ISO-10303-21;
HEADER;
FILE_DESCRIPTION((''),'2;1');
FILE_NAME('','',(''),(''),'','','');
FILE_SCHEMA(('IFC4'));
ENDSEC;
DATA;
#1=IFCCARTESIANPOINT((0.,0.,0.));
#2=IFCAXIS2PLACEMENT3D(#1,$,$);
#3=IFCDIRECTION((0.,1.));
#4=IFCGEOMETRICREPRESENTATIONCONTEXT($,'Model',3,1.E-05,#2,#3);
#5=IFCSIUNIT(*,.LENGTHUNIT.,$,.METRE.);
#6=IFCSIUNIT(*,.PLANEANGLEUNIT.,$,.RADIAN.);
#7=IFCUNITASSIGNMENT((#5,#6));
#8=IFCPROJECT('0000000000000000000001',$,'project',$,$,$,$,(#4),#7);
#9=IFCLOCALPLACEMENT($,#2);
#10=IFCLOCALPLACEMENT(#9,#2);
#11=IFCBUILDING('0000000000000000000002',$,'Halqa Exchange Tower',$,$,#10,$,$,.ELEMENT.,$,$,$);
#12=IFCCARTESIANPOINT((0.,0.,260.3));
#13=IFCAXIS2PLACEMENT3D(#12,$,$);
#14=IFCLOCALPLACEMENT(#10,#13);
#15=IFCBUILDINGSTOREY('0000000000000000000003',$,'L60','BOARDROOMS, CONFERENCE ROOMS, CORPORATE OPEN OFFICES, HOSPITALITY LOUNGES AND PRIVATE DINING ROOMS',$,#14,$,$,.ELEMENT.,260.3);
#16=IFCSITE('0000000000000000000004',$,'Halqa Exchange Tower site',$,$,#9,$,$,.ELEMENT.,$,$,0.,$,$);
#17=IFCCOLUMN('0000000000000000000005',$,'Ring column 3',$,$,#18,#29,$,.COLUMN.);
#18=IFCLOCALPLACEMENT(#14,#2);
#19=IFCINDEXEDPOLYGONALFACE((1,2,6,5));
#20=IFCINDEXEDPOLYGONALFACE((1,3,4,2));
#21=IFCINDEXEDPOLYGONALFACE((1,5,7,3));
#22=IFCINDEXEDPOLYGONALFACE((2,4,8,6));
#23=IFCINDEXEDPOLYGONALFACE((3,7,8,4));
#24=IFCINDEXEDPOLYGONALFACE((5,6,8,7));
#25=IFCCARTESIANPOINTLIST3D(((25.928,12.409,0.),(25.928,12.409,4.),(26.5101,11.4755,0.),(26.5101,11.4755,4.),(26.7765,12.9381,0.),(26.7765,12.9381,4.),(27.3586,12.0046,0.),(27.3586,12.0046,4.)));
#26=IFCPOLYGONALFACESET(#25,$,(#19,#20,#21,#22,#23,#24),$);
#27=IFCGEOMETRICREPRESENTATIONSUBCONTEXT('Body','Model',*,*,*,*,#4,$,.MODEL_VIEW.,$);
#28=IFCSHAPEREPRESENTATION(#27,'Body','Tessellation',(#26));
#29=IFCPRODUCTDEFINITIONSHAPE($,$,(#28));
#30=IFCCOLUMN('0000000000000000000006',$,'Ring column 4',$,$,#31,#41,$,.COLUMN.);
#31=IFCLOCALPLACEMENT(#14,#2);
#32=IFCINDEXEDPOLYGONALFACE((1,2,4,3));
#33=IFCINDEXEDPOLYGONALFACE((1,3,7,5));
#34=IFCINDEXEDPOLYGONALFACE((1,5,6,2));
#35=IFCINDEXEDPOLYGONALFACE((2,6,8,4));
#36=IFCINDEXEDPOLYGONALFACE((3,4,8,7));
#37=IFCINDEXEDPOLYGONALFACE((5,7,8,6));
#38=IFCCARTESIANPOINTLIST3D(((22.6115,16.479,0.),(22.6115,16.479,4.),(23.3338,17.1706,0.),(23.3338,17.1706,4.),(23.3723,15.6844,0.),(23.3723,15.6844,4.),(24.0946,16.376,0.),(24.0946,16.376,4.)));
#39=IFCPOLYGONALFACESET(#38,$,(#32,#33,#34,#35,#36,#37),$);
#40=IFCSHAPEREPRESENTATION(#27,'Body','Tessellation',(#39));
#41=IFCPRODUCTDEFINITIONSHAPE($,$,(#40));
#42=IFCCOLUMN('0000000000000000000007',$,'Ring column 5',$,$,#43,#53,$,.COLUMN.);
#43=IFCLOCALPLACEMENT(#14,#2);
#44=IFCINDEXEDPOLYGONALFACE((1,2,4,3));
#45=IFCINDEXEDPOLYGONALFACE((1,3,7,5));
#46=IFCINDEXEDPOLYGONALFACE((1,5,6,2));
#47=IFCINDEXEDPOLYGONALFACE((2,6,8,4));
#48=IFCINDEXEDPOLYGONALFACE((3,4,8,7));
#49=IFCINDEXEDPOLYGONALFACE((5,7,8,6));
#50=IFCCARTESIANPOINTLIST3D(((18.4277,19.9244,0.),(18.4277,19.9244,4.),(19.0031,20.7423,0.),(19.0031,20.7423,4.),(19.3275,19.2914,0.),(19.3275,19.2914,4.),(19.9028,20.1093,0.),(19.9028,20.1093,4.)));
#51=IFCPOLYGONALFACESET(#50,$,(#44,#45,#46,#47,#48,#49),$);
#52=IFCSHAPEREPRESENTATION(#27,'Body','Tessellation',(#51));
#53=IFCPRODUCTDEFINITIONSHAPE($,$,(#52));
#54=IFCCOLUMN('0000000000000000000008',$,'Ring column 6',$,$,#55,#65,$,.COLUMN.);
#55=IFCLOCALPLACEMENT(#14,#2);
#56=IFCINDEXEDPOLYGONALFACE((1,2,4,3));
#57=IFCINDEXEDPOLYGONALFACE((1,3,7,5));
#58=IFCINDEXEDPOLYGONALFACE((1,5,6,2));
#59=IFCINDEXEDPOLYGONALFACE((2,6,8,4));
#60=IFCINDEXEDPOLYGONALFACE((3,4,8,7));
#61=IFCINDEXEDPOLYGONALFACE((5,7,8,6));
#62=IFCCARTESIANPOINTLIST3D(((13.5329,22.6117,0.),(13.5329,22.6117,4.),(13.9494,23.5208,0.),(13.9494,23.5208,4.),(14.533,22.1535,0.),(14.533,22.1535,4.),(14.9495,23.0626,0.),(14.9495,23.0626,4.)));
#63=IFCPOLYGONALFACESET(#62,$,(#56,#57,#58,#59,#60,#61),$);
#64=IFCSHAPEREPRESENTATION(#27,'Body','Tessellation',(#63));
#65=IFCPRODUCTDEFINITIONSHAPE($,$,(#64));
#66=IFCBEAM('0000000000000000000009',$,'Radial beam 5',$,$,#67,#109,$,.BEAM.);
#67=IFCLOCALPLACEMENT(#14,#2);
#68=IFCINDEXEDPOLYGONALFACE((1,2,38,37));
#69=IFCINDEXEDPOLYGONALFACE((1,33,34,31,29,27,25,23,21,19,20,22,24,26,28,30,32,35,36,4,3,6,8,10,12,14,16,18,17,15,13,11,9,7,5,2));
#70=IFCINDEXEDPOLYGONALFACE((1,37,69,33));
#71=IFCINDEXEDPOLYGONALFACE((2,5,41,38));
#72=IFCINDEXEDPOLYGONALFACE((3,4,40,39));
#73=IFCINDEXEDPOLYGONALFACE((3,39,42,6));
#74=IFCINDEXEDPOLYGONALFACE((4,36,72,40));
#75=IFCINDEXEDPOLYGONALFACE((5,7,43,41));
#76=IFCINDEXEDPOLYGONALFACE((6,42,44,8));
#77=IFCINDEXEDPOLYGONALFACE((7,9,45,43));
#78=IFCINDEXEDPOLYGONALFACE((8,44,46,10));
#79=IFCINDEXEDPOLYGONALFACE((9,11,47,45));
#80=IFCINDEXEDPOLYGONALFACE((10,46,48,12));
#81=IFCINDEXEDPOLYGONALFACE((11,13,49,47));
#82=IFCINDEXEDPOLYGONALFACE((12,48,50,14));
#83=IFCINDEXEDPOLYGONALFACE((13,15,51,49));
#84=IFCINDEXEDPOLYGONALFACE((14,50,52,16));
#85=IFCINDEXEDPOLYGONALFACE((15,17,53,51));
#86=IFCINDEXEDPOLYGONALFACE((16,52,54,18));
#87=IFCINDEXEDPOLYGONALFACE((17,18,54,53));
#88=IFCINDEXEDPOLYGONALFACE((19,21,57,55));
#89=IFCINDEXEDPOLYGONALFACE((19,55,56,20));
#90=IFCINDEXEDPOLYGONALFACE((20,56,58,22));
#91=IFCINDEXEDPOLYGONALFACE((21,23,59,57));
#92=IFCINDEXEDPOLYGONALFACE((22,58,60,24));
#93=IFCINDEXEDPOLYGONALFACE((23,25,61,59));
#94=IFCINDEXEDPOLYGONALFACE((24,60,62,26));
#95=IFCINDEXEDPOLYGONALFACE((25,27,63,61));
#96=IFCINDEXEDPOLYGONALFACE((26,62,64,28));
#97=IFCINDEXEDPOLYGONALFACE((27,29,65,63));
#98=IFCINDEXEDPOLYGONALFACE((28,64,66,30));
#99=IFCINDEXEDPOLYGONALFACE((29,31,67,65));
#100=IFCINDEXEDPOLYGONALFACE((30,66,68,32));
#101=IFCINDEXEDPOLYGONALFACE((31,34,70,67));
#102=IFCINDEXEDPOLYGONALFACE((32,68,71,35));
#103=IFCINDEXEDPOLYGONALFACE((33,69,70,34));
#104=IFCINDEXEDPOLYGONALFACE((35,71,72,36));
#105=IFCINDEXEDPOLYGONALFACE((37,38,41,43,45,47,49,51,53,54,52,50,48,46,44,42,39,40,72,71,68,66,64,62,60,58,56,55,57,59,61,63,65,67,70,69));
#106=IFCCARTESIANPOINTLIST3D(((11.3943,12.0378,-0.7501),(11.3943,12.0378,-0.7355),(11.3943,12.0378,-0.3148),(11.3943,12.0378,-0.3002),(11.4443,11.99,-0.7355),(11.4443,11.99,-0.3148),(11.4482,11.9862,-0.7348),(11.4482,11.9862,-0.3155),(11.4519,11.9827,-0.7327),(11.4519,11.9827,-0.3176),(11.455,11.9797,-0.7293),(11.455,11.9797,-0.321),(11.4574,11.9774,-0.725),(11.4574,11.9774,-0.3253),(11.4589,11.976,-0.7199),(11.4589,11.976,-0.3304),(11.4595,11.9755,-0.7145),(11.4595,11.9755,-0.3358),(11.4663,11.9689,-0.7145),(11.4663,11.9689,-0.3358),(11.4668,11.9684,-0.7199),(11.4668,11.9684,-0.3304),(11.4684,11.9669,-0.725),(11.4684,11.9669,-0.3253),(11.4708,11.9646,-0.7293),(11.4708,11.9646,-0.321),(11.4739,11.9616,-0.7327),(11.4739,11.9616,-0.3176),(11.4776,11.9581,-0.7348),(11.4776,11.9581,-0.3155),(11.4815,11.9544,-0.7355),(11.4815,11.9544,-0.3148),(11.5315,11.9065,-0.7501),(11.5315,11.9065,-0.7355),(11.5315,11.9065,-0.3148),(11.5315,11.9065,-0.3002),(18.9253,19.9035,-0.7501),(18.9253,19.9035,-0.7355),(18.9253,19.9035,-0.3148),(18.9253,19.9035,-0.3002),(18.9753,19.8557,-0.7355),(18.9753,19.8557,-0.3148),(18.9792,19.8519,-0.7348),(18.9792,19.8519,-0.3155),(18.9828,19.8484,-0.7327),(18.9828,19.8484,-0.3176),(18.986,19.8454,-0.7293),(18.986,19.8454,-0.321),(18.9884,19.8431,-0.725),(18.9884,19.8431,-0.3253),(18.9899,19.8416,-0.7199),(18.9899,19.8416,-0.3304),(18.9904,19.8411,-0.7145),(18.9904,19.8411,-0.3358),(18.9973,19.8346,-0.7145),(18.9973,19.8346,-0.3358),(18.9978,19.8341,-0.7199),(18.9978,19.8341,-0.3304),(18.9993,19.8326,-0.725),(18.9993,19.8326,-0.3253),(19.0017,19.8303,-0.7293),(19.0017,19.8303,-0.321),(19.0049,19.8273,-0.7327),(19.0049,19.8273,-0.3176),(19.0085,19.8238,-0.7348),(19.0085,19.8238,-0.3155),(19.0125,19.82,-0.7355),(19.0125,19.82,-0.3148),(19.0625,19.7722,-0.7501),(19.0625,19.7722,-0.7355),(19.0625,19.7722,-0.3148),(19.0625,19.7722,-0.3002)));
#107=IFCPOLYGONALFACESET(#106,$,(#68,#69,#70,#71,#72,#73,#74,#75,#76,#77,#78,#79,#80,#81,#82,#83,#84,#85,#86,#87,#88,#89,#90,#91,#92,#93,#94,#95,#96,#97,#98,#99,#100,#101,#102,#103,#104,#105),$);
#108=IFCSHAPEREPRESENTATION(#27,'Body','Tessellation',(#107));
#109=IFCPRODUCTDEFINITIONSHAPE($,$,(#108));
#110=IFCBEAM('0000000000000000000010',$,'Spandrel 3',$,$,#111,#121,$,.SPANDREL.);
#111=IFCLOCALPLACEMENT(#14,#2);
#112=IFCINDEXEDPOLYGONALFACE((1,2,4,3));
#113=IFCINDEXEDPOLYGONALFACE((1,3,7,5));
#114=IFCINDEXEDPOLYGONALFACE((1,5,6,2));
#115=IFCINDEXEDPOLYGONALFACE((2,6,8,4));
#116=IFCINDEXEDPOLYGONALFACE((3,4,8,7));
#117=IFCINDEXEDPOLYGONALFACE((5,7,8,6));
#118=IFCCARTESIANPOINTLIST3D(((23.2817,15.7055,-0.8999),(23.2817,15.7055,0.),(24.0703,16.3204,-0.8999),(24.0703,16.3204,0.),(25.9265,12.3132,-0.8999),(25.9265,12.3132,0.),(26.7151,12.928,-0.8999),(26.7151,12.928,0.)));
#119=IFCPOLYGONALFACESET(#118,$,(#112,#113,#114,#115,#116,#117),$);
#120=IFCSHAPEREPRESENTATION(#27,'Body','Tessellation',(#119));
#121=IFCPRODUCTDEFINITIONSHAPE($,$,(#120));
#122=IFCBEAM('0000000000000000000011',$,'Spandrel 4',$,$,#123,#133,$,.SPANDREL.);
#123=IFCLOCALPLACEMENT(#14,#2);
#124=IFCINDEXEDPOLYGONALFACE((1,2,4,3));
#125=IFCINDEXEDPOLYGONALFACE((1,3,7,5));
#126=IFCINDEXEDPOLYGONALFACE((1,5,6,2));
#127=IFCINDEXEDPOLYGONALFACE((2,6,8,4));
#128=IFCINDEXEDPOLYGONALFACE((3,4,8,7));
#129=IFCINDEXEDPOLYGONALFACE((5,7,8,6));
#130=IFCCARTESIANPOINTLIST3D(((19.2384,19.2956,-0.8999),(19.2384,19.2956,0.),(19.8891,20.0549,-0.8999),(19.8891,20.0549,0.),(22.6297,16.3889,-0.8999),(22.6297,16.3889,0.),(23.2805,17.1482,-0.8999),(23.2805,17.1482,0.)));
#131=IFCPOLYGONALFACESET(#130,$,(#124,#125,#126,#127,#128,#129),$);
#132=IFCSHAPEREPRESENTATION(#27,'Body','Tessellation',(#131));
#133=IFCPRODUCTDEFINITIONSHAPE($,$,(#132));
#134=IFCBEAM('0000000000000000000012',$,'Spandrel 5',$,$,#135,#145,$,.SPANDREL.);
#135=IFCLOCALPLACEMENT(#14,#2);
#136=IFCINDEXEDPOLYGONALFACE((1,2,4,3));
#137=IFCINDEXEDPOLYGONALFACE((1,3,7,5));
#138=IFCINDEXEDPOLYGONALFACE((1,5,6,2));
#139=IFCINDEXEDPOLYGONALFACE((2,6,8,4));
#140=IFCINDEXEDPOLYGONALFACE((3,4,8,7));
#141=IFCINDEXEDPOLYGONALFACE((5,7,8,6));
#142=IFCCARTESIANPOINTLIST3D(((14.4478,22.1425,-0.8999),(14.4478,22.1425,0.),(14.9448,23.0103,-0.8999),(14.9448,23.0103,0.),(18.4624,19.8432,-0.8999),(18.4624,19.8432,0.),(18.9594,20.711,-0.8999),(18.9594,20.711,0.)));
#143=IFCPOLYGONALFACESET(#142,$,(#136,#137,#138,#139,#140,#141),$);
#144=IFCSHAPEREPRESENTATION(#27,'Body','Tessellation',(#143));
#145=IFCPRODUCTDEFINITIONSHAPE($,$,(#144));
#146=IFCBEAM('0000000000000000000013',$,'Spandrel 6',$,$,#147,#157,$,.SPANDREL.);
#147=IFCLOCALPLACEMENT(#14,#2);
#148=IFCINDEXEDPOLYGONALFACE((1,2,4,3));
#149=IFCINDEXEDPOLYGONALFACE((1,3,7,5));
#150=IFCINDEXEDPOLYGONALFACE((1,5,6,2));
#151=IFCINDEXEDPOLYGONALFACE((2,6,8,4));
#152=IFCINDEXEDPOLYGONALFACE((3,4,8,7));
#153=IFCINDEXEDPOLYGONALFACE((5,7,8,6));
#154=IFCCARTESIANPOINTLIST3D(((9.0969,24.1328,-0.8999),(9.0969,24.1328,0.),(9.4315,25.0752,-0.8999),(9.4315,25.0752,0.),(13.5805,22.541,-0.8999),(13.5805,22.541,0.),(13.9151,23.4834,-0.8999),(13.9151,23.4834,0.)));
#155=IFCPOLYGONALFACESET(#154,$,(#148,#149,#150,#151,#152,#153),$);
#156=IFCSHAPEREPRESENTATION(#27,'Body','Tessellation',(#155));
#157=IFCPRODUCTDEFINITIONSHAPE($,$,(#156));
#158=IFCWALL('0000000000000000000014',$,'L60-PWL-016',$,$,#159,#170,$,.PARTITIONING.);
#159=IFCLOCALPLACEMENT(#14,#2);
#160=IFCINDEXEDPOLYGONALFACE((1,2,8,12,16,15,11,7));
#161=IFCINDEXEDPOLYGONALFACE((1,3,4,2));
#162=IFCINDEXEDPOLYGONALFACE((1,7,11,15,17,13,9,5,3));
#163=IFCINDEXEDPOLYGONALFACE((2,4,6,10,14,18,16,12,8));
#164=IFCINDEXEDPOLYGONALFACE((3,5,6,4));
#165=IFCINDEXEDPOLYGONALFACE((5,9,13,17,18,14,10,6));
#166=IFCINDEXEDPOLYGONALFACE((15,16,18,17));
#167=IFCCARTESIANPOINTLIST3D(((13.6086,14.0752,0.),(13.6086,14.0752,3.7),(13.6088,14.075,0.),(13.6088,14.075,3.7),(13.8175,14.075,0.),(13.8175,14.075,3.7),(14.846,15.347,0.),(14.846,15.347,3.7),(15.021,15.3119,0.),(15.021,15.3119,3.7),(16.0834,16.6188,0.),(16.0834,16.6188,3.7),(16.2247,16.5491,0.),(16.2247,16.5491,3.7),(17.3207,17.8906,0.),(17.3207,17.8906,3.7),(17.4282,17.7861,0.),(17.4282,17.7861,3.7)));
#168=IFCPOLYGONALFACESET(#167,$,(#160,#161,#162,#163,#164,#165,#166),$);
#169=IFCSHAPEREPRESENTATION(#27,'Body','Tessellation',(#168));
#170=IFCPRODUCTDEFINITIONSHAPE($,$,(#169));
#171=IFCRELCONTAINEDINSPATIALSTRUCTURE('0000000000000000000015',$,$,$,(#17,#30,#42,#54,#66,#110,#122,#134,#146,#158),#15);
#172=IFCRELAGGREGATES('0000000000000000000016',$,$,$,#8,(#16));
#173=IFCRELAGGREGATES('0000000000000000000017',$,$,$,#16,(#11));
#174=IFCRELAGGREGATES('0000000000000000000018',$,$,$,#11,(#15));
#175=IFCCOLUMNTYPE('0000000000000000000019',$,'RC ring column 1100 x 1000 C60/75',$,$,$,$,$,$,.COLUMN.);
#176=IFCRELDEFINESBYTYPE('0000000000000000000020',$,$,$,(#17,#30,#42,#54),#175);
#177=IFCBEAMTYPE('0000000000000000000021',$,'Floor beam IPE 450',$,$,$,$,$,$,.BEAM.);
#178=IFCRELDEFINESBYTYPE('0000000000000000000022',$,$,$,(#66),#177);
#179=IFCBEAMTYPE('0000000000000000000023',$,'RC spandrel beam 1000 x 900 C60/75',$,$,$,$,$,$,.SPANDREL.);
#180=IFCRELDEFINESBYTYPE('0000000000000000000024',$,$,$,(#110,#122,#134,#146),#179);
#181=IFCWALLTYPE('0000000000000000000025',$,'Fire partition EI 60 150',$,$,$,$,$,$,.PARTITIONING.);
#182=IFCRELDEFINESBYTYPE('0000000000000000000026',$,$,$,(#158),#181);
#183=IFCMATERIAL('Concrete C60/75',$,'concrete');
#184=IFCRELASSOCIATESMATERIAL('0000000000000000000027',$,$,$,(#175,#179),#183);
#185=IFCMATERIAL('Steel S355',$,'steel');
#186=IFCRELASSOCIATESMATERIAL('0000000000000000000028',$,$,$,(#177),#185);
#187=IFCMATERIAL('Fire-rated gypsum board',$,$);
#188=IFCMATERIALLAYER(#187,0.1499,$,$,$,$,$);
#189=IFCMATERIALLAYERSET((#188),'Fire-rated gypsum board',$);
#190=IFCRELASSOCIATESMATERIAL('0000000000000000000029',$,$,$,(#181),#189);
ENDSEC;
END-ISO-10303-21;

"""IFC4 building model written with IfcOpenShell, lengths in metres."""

from ifc_helpers import new_model, si_unit, direction, frame, origin, origin_2d, place, context, subcontext, project, spatial, polyline, rectangle, i_section, outline, extrude, material, layer, layer_set, material_profile, profile_set, type_object, element, save


model = new_model("IFC4")

# Units and contexts
model_context = context("Model", 3, precision=1e-05, world=origin(), true_north=direction((0.0, 1.0)))
body_context = subcontext(model_context, "Body", "Model", "MODEL_VIEW")
ifc_project = project(units=[si_unit("LENGTHUNIT", "METRE"), si_unit("PLANEANGLEUNIT", "RADIAN")], contexts=[model_context])

# Site, building, storey
site_placement = place(None, origin())
site = spatial("IfcSite", under=ifc_project, at=site_placement, Name="Halqa Exchange Tower site", CompositionType="ELEMENT", RefElevation=0.0)
building_placement = place(site_placement, origin())
building = spatial("IfcBuilding", under=site, at=building_placement, Name="Halqa Exchange Tower", CompositionType="ELEMENT")
storey_placement = place(building_placement, frame((0.0, 0.0, 260.3)))
storey = spatial("IfcBuildingStorey", under=building, at=storey_placement, Name="L60", Description="BOARDROOMS, CONFERENCE ROOMS, CORPORATE OPEN OFFICES, HOSPITALITY LOUNGES AND PRIVATE DINING ROOMS", CompositionType="ELEMENT", Elevation=260.3)

# Columns
ifc_material_1 = material(Name="Concrete C60/75", Category="concrete")
ifc_material_profile_1 = material_profile(ifc_material_1, rectangle(XDim=1.1001, YDim=1.0, at=origin_2d()), Name="1100 x 1000")
ifc_profile_set_1 = profile_set([ifc_material_profile_1], Name="Concrete C60/75")
column_type = type_object("IfcColumnType", Name="RC ring column 1100 x 1000 C60/75", PredefinedType="COLUMN", material=ifc_profile_set_1)
for number, where, z_axis, x_axis, name in (
    (1, (26.6433, 12.2068, 0.0), (0.0, 0.0, 1.0), (-0.52914, 0.848534, 0.0), "Ring column 3"),
    (2, (23.353, 16.4275, 0.0), (0.0, 0.0, 1.0), (-0.691579, 0.722301, 0.0), "Ring column 4"),
    (3, (19.1653, 20.0168, 0.0), (0.0, 0.0, 1.0), (-0.817907, 0.575351, 0.0), "Ring column 5"),
    (4, (14.2412, 22.8372, 0.0), (0.0, 0.0, 1.0), (-0.909128, 0.416517, 0.0), "Ring column 6"),
):
    element("IfcColumn", number, at=place(storey_placement, frame(where, z_axis=z_axis, x_axis=x_axis)), inside=storey, type_object=column_type, Name=name, PredefinedType="COLUMN", context=body_context, shape_type="SweptSolid", body=[
        extrude(rectangle(XDim=1.1001, YDim=1.0, at=origin_2d()), origin(), (0.0, 0.0, 1.0), 4.0),
    ])

# Beams
ifc_material_2 = material(Name="Steel S355", Category="steel")
ifc_material_profile_2 = material_profile(ifc_material_2, i_section(OverallWidth=0.1899, OverallDepth=0.45, WebThickness=0.0095, FlangeThickness=0.0146, FilletRadius=0.021, at=origin_2d()), Name="IPE 450")
ifc_profile_set_2 = profile_set([ifc_material_profile_2], Name="Steel S355")
beam_type_1 = type_object("IfcBeamType", Name="Floor beam IPE 450", PredefinedType="BEAM", material=ifc_profile_set_2)
beam_1_placement = place(storey_placement, frame((11.4629, 11.9722, -0.5251), z_axis=(0.691571, 0.722308, 0.0), x_axis=(-0.722308, 0.691571, 0.0)))
element("IfcBeam", 5, at=beam_1_placement, inside=storey, type_object=beam_type_1, Name="Radial beam 5", PredefinedType="BEAM", context=body_context, shape_type="SweptSolid", body=[
    extrude(i_section(OverallWidth=0.1899, OverallDepth=0.45, WebThickness=0.0095, FlangeThickness=0.0146, FilletRadius=0.021, at=origin_2d()), origin(), (0.0, 0.0, 1.0), 10.8896),
])
ifc_material_profile_3 = material_profile(ifc_material_1, rectangle(XDim=1.0, YDim=0.8999, at=origin_2d()), Name="1000 x 900")
ifc_profile_set_3 = profile_set([ifc_material_profile_3], Name="Concrete C60/75")
beam_type_2 = type_object("IfcBeamType", Name="RC spandrel beam 1000 x 900 C60/75", PredefinedType="SPANDREL", material=ifc_profile_set_3)
beam_2_placement = place(storey_placement, frame((26.3208, 12.6206, -0.45), z_axis=(-0.614852, 0.788643, 0.0), x_axis=(-0.788643, -0.614852, 0.0)))
element("IfcBeam", 6, at=beam_2_placement, inside=storey, type_object=beam_type_2, Name="Spandrel 3", PredefinedType="SPANDREL", context=body_context, shape_type="SweptSolid", body=[
    extrude(rectangle(XDim=1.0, YDim=0.8999, at=origin_2d()), origin(), (0.0, 0.0, 1.0), 4.3015),
])
beam_3_placement = place(storey_placement, frame((22.9551, 16.7686, -0.45), z_axis=(-0.759272, 0.650773, 0.0), x_axis=(-0.650773, -0.759272, 0.0)))
element("IfcBeam", 7, at=beam_3_placement, inside=storey, type_object=beam_type_2, Name="Spandrel 4", PredefinedType="SPANDREL", context=body_context, shape_type="SweptSolid", body=[
    extrude(rectangle(XDim=1.0, YDim=0.8999, at=origin_2d()), origin(), (0.0, 0.0, 1.0), 4.4666),
])
beam_4_placement = place(storey_placement, frame((18.7109, 20.2771, -0.45), z_axis=(-0.867756, 0.496991, 0.0), x_axis=(-0.496991, -0.867756, 0.0)))
element("IfcBeam", 8, at=beam_4_placement, inside=storey, type_object=beam_type_2, Name="Spandrel 5", PredefinedType="SPANDREL", context=body_context, shape_type="SweptSolid", body=[
    extrude(rectangle(XDim=1.0, YDim=0.8999, at=origin_2d()), origin(), (0.0, 0.0, 1.0), 4.6265),
])
beam_5_placement = place(storey_placement, frame((13.7478, 23.0122, -0.45), z_axis=(-0.942373, 0.334564, 0.0), x_axis=(-0.334564, -0.942373, 0.0)))
element("IfcBeam", 9, at=beam_5_placement, inside=storey, type_object=beam_type_2, Name="Spandrel 6", PredefinedType="SPANDREL", context=body_context, shape_type="SweptSolid", body=[
    extrude(rectangle(XDim=1.0, YDim=0.8999, at=origin_2d()), origin(), (0.0, 0.0, 1.0), 4.7578),
])

# Wall
ifc_material_3 = material(Name="Fire-rated gypsum board")
ifc_layer_1 = layer(ifc_material_3, 0.1499)
ifc_layer_set_1 = layer_set([ifc_layer_1], Name="Fire-rated gypsum board")
wall_type_1 = type_object("IfcWallType", Name="Fire partition EI 60 150", PredefinedType="PARTITIONING", material=ifc_layer_set_1)
wall_1_placement = place(storey_placement, frame((13.6624, 14.0229, 0.0), z_axis=(0.0, 0.0, 1.0), x_axis=(0.69734, 0.71674, 0.0)))
element("IfcWall", 10, at=wall_1_placement, inside=storey, type_object=wall_type_1, Name="L60-PWL-016", PredefinedType="PARTITIONING", context=body_context, shape_type="SweptSolid", body=[
    extrude(outline(polyline([(0.0, 0.075), (0.0, 0.0747), (0.1455, -0.075), (1.8713, -0.075), (3.5974, -0.075), (5.3232, -0.075), (5.3232, 0.075), (3.5488, 0.075), (1.7744, 0.075), (0.0, 0.075)])), origin(), (0.0, 0.0, 1.0), 3.7),
])

save(model, "model.ifc")
